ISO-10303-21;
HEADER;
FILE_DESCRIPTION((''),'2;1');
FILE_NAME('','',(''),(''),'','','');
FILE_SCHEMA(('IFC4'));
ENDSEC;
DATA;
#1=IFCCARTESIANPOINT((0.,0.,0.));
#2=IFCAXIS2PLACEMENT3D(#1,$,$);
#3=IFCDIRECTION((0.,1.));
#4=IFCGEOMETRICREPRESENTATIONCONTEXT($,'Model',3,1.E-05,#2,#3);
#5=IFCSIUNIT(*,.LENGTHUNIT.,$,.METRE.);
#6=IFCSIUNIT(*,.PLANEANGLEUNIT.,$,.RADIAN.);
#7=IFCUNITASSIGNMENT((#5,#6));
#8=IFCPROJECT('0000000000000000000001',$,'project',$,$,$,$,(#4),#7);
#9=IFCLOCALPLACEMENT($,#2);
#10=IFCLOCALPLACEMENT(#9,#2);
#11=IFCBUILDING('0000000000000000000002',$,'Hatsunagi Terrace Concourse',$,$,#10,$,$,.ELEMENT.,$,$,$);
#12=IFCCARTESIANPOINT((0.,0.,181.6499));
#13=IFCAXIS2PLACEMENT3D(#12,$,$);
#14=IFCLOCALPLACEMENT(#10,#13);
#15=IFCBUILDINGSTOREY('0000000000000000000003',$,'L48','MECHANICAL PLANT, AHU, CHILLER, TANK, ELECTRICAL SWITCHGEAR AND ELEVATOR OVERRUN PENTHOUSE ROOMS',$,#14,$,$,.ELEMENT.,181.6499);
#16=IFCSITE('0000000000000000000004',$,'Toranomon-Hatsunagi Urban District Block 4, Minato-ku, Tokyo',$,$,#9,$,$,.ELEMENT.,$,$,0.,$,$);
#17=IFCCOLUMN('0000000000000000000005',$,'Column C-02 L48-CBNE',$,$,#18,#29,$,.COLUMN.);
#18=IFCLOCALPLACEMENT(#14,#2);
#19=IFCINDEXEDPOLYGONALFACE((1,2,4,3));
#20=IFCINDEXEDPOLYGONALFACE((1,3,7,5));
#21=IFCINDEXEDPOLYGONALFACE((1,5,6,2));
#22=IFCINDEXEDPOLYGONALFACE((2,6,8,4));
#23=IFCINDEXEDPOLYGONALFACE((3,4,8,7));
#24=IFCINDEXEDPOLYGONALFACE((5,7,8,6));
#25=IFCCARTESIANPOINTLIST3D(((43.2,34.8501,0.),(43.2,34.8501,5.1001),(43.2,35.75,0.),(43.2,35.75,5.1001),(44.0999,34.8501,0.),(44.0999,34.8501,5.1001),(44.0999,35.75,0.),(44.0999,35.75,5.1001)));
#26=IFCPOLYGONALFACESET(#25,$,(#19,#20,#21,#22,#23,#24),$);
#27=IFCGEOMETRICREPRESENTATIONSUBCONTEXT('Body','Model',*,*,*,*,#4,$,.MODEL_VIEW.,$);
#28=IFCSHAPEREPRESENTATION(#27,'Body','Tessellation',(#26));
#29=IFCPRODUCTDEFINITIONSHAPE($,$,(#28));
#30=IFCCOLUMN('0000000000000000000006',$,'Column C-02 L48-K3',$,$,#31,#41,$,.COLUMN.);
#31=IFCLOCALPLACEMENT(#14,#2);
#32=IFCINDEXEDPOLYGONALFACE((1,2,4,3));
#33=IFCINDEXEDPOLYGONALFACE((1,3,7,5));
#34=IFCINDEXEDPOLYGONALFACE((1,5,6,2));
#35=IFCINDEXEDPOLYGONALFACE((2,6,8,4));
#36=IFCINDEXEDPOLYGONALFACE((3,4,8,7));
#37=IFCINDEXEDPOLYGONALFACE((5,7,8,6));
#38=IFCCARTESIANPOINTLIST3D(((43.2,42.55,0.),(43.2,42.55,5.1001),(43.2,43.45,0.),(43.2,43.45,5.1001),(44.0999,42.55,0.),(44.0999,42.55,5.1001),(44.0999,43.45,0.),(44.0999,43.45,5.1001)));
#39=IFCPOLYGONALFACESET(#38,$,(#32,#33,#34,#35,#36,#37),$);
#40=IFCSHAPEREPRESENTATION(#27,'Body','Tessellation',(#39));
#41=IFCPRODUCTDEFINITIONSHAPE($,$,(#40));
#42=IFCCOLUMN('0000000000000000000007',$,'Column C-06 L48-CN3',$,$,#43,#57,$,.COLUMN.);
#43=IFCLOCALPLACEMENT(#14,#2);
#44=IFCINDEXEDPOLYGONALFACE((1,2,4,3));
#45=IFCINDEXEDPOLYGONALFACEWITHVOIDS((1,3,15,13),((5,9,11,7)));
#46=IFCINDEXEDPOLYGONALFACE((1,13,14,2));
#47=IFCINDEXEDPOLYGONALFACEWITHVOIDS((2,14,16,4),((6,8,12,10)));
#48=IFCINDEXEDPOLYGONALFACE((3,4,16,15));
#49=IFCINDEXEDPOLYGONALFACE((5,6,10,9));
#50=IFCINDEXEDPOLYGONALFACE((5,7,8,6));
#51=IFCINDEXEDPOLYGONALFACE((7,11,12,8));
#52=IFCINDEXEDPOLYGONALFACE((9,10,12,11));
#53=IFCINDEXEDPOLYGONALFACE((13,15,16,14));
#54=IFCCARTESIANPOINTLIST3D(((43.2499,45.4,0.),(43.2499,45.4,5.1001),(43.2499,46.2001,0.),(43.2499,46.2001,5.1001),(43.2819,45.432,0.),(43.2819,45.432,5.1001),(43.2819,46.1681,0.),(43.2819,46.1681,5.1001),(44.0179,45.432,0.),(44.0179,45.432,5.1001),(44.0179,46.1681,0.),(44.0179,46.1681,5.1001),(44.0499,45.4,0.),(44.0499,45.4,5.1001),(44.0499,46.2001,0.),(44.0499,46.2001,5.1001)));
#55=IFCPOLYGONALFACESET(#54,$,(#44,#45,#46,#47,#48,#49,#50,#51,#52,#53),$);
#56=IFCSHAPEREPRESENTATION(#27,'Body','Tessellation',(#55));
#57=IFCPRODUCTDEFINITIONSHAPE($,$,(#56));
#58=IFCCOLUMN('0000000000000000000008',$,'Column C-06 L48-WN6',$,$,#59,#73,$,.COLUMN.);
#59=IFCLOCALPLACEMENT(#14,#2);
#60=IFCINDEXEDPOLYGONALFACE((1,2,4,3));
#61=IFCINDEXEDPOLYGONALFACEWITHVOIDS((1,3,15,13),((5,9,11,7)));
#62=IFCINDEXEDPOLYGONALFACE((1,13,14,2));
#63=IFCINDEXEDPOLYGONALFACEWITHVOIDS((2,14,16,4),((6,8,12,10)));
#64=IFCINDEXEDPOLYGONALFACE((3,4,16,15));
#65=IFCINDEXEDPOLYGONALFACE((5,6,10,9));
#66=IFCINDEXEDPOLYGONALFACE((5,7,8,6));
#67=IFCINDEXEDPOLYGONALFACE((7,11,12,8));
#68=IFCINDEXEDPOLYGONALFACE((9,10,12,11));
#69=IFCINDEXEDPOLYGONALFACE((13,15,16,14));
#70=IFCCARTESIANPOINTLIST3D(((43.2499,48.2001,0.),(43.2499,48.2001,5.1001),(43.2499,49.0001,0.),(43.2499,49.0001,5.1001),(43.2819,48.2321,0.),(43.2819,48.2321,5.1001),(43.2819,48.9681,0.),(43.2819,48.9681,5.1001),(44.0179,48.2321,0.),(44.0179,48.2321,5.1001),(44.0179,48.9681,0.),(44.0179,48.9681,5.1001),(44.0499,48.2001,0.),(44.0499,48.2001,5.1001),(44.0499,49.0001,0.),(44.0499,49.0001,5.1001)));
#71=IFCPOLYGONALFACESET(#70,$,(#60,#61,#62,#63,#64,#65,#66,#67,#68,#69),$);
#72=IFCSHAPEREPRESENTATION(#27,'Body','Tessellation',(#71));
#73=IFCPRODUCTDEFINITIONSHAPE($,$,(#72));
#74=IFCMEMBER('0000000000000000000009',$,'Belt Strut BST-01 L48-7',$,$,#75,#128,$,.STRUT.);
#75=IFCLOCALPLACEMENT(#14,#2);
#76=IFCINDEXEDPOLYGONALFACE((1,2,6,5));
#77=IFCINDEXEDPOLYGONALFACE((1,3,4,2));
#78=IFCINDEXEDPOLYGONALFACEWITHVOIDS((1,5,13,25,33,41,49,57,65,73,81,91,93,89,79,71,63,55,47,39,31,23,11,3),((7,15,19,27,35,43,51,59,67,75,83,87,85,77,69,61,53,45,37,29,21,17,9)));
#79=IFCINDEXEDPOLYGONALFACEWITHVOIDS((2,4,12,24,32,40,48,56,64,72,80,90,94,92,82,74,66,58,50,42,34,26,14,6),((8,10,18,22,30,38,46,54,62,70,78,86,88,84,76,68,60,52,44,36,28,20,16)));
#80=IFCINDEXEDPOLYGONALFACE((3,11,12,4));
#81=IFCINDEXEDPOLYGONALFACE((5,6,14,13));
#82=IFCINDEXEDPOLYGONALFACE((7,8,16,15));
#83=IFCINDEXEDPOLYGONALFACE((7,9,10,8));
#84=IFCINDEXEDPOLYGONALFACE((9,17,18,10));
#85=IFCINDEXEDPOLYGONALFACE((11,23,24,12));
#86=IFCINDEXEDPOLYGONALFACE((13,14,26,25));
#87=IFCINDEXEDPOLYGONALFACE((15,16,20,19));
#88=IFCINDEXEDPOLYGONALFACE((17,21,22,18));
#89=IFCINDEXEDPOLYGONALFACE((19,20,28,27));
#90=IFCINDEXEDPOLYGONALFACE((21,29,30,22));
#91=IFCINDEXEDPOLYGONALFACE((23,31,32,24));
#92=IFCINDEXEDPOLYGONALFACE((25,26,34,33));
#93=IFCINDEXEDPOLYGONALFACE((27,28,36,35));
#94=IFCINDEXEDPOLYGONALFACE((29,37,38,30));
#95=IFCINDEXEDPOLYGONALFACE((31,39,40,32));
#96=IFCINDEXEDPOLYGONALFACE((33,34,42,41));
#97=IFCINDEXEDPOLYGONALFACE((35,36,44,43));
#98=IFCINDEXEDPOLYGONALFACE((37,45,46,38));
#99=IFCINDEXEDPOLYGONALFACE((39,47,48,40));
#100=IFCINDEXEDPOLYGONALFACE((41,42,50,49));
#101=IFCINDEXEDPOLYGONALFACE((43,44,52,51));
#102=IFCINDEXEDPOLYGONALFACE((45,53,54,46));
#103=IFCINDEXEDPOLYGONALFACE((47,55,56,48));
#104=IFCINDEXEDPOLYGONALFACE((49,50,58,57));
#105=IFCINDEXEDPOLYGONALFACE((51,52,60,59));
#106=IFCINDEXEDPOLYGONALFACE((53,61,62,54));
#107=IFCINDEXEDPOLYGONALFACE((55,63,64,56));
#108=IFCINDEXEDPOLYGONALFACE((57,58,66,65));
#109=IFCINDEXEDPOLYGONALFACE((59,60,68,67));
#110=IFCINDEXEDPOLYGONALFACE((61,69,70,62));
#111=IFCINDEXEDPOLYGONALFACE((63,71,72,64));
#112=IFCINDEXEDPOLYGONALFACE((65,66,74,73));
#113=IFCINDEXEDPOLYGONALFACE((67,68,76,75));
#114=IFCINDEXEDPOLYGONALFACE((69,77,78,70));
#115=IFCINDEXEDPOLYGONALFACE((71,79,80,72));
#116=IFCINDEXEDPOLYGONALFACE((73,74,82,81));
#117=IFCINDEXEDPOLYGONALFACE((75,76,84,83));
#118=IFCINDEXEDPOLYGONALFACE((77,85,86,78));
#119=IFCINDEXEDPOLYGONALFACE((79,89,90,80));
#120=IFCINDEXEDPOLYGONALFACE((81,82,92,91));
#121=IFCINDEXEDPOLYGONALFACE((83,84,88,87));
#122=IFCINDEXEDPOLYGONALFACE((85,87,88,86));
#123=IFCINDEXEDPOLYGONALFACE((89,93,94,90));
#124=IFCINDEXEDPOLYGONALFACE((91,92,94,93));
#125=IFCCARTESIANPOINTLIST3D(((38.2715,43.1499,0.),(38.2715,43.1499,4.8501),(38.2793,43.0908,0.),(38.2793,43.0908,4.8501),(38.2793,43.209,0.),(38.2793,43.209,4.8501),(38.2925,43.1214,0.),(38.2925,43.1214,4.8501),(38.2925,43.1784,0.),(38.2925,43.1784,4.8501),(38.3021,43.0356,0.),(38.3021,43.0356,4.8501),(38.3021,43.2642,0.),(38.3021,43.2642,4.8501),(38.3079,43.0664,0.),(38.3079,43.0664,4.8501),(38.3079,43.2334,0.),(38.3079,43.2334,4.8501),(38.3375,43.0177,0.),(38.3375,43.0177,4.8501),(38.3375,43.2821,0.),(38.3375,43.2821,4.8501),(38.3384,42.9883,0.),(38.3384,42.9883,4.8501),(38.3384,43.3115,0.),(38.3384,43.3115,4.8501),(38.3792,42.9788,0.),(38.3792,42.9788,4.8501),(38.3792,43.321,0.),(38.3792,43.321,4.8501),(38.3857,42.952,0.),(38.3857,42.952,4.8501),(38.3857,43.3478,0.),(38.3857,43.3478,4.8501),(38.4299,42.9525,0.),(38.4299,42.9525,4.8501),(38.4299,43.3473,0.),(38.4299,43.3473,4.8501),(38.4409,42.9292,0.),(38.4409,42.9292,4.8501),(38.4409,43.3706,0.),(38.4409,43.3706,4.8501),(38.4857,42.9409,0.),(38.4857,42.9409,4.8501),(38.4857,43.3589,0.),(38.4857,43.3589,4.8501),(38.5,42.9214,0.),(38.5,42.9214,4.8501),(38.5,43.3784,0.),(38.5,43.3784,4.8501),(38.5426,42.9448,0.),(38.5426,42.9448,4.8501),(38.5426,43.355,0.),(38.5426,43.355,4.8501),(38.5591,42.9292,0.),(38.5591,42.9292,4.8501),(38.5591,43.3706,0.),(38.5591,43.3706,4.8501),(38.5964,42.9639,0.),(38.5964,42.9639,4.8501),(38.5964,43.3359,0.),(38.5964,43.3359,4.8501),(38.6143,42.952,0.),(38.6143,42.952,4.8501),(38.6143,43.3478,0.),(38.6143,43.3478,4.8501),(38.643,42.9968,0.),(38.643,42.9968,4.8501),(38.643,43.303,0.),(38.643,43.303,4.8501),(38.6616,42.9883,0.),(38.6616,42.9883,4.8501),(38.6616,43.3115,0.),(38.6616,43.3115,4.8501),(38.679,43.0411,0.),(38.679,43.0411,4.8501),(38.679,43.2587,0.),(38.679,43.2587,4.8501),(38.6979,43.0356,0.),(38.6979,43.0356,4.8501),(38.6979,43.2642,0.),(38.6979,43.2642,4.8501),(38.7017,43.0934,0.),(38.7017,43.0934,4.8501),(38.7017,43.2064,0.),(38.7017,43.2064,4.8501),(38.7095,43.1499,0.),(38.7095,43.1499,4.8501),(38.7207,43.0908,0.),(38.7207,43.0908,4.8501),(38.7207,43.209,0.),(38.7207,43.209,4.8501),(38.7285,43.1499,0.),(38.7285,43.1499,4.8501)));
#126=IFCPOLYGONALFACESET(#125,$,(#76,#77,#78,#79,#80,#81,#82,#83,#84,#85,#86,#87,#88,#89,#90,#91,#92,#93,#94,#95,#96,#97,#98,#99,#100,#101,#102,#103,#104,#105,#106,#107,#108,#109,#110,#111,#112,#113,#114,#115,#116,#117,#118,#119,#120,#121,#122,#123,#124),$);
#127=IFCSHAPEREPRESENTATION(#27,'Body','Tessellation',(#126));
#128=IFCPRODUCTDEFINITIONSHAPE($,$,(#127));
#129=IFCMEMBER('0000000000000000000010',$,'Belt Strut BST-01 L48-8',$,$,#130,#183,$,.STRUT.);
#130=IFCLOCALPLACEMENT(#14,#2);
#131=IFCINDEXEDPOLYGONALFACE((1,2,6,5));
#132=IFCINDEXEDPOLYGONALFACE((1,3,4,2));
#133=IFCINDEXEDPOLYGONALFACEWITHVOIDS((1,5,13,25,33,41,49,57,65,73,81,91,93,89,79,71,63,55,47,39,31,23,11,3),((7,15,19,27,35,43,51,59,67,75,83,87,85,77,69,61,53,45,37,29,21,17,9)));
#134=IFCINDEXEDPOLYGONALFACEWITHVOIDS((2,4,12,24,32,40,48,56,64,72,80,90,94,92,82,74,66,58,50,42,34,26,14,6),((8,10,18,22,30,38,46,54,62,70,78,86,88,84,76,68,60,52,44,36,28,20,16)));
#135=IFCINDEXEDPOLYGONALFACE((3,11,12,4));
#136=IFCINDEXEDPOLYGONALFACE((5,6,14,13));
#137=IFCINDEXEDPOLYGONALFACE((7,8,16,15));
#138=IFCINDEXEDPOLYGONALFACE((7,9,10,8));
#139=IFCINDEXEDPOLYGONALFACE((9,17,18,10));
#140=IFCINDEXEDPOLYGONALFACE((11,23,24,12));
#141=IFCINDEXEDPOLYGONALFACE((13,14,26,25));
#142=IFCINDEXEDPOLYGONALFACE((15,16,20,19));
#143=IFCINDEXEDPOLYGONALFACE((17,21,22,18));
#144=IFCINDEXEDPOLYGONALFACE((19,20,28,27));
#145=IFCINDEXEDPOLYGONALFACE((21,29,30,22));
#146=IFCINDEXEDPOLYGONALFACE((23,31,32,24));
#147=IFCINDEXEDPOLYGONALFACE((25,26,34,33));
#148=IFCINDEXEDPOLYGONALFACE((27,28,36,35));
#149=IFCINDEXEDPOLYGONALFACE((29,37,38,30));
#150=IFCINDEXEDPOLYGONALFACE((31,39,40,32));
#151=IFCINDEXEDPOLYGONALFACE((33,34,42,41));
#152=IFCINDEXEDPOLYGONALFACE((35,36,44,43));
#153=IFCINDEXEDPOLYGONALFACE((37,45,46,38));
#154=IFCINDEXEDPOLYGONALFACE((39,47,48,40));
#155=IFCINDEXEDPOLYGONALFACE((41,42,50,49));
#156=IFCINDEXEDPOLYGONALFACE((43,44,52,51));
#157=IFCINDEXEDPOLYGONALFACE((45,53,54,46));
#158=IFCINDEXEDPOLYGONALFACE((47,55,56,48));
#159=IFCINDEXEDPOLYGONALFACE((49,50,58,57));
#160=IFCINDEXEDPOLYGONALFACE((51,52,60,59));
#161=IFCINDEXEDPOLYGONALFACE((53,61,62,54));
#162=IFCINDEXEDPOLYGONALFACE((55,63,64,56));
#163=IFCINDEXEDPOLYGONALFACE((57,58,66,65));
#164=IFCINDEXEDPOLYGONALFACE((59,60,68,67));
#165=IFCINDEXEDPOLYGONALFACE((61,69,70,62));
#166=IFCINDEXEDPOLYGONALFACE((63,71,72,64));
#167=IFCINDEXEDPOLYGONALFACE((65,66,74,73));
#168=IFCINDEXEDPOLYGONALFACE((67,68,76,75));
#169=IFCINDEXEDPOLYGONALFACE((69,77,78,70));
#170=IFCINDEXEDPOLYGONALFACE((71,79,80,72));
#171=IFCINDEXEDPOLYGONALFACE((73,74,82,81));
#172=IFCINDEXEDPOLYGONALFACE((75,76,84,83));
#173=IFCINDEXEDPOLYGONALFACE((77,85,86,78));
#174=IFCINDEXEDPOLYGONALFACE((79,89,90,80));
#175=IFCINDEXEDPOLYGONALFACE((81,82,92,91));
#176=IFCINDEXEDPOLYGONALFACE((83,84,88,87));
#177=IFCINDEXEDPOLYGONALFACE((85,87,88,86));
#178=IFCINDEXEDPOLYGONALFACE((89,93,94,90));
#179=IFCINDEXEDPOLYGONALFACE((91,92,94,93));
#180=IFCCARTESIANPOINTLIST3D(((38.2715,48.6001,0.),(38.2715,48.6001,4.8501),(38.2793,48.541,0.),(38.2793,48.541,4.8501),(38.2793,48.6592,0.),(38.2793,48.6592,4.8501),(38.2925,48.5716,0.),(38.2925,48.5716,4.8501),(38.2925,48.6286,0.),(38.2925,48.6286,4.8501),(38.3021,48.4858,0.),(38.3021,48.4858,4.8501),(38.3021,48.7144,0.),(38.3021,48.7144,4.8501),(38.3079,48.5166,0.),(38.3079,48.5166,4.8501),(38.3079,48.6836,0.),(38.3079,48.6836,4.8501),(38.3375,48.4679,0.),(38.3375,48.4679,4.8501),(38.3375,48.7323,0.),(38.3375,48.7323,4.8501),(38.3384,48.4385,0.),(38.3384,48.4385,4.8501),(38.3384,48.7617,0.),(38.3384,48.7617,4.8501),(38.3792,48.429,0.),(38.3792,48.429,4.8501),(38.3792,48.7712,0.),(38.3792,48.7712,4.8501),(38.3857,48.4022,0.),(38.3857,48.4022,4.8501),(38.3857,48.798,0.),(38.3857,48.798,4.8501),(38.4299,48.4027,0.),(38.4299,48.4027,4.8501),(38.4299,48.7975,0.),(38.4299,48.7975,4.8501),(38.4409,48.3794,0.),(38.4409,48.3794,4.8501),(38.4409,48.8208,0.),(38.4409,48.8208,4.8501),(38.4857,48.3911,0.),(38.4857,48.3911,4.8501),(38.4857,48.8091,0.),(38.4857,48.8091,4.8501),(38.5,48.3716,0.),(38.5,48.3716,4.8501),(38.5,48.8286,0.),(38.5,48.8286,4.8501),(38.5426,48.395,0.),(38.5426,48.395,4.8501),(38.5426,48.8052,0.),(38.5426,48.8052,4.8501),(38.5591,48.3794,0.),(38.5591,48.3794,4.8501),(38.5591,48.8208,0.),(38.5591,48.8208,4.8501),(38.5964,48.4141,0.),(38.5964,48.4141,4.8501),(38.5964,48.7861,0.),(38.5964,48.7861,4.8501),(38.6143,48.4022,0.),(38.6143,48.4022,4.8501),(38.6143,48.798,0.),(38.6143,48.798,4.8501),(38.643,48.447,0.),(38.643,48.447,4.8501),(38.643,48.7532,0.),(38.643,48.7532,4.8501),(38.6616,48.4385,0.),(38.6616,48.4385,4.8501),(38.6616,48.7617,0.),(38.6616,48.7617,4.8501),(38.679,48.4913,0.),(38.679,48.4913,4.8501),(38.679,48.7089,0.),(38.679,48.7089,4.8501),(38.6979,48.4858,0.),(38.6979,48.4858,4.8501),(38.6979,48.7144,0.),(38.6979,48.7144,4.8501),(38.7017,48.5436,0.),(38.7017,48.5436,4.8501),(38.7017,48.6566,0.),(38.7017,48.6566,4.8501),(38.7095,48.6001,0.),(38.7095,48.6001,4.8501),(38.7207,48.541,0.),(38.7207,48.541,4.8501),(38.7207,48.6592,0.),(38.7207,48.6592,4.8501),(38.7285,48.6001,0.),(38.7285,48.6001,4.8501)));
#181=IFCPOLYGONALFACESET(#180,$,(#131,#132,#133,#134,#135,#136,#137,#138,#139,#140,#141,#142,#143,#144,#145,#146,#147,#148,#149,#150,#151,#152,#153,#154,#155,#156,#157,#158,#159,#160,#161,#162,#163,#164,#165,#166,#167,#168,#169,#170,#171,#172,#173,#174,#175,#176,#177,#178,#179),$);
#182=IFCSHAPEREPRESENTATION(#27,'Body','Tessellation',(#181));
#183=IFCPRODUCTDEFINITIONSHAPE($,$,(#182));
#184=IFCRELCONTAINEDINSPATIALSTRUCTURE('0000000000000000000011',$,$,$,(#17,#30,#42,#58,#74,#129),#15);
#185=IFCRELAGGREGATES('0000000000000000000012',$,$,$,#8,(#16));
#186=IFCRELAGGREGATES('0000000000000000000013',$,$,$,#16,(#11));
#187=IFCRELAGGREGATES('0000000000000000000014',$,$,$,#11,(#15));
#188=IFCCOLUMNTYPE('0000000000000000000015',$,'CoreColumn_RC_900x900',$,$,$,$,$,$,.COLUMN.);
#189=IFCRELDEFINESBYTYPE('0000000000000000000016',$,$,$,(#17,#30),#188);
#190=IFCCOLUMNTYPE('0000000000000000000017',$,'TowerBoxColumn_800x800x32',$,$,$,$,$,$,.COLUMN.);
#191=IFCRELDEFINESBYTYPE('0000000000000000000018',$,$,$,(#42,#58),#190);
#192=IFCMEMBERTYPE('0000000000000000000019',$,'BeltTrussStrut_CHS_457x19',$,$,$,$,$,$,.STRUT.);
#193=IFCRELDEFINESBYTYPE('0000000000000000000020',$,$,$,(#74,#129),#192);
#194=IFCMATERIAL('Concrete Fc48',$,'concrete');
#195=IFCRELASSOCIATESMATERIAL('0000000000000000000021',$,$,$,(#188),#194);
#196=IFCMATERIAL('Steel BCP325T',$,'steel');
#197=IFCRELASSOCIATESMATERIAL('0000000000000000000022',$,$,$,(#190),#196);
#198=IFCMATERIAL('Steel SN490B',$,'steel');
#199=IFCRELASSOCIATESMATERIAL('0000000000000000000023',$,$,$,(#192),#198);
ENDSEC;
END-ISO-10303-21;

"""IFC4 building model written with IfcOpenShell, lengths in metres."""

from ifc_helpers import new_model, si_unit, direction, frame, origin, origin_2d, place, context, subcontext, project, spatial, rectangle, hollow_rectangle, hollow_circle, extrude, material, material_profile, profile_set, type_object, element, save


model = new_model("IFC4")

# Units and contexts
model_context = context("Model", 3, precision=1e-05, world=origin(), true_north=direction((0.0, 1.0)))
body_context = subcontext(model_context, "Body", "Model", "MODEL_VIEW")
ifc_project = project(units=[si_unit("LENGTHUNIT", "METRE"), si_unit("PLANEANGLEUNIT", "RADIAN")], contexts=[model_context])

# Site, building, storey
site_placement = place(None, origin())
site = spatial("IfcSite", under=ifc_project, at=site_placement, Name="Toranomon-Hatsunagi Urban District Block 4, Minato-ku, Tokyo", CompositionType="ELEMENT", RefElevation=0.0)
building_placement = place(site_placement, origin())
building = spatial("IfcBuilding", under=site, at=building_placement, Name="Hatsunagi Terrace Concourse", CompositionType="ELEMENT")
storey_placement = place(building_placement, frame((0.0, 0.0, 181.6499)))
storey = spatial("IfcBuildingStorey", under=building, at=storey_placement, Name="L48", Description="MECHANICAL PLANT, AHU, CHILLER, TANK, ELECTRICAL SWITCHGEAR AND ELEVATOR OVERRUN PENTHOUSE ROOMS", CompositionType="ELEMENT", Elevation=181.6499)

# Columns
ifc_material_1 = material(Name="Concrete Fc48", Category="concrete")
ifc_material_profile_1 = material_profile(ifc_material_1, rectangle(XDim=0.8999, YDim=0.8999, at=origin_2d()), Name="RC-900x900")
ifc_profile_set_1 = profile_set([ifc_material_profile_1], Name="Concrete Fc48")
column_type_1 = type_object("IfcColumnType", Name="CoreColumn_RC_900x900", PredefinedType="COLUMN", material=ifc_profile_set_1)
for number, where, z_axis, x_axis, name in (
    (1, (43.6499, 35.3, 0.0), (0.0, 0.0, 1.0), (1.0, 0.0, 0.0), "Column C-02 L48-CBNE"),
    (2, (43.6499, 43.0, 0.0), (0.0, 0.0, 1.0), (1.0, 0.0, 0.0), "Column C-02 L48-K3"),
):
    element("IfcColumn", number, at=place(storey_placement, frame(where, z_axis=z_axis, x_axis=x_axis)), inside=storey, type_object=column_type_1, Name=name, PredefinedType="COLUMN", context=body_context, shape_type="SweptSolid", body=[
        extrude(rectangle(XDim=0.8999, YDim=0.8999, at=origin_2d()), origin(), (0.0, 0.0, 1.0), 5.1001),
    ])
ifc_material_2 = material(Name="Steel BCP325T", Category="steel")
ifc_material_profile_2 = material_profile(ifc_material_2, hollow_rectangle(XDim=0.8, YDim=0.8, WallThickness=0.032, at=origin_2d()), Name="BCP-800x800x32")
ifc_profile_set_2 = profile_set([ifc_material_profile_2], Name="Steel BCP325T")
column_type_2 = type_object("IfcColumnType", Name="TowerBoxColumn_800x800x32", PredefinedType="COLUMN", material=ifc_profile_set_2)
for number, where, z_axis, x_axis, name in (
    (3, (43.6499, 45.8, 0.0), (0.0, 0.0, 1.0), (1.0, 0.0, 0.0), "Column C-06 L48-CN3"),
    (4, (43.6499, 48.6001, 0.0), (0.0, 0.0, 1.0), (1.0, 0.0, 0.0), "Column C-06 L48-WN6"),
):
    element("IfcColumn", number, at=place(storey_placement, frame(where, z_axis=z_axis, x_axis=x_axis)), inside=storey, type_object=column_type_2, Name=name, PredefinedType="COLUMN", context=body_context, shape_type="SweptSolid", body=[
        extrude(hollow_rectangle(XDim=0.8, YDim=0.8, WallThickness=0.032, at=origin_2d()), origin(), (0.0, 0.0, 1.0), 5.1001),
    ])

# Members
ifc_material_3 = material(Name="Steel SN490B", Category="steel")
ifc_material_profile_3 = material_profile(ifc_material_3, hollow_circle(Radius=0.2285, WallThickness=0.019, at=origin_2d()), Name="CHS-457.2x19")
ifc_profile_set_3 = profile_set([ifc_material_profile_3], Name="Steel SN490B")
member_type_1 = type_object("IfcMemberType", Name="BeltTrussStrut_CHS_457x19", PredefinedType="STRUT", material=ifc_profile_set_3)
for number, where, z_axis, x_axis, name in (
    (5, (38.5, 43.1499, 0.0), (0.0, 0.0, 1.0), (1.0, 0.0, 0.0), "Belt Strut BST-01 L48-7"),
    (6, (38.5, 48.6001, 0.0), (0.0, 0.0, 1.0), (1.0, 0.0, 0.0), "Belt Strut BST-01 L48-8"),
):
    element("IfcMember", number, at=place(storey_placement, frame(where, z_axis=z_axis, x_axis=x_axis)), inside=storey, type_object=member_type_1, Name=name, PredefinedType="STRUT", context=body_context, shape_type="SweptSolid", body=[
        extrude(hollow_circle(Radius=0.2285, WallThickness=0.019, at=origin_2d()), origin(), (0.0, 0.0, 1.0), 4.8501),
    ])

save(model, "model.ifc")
